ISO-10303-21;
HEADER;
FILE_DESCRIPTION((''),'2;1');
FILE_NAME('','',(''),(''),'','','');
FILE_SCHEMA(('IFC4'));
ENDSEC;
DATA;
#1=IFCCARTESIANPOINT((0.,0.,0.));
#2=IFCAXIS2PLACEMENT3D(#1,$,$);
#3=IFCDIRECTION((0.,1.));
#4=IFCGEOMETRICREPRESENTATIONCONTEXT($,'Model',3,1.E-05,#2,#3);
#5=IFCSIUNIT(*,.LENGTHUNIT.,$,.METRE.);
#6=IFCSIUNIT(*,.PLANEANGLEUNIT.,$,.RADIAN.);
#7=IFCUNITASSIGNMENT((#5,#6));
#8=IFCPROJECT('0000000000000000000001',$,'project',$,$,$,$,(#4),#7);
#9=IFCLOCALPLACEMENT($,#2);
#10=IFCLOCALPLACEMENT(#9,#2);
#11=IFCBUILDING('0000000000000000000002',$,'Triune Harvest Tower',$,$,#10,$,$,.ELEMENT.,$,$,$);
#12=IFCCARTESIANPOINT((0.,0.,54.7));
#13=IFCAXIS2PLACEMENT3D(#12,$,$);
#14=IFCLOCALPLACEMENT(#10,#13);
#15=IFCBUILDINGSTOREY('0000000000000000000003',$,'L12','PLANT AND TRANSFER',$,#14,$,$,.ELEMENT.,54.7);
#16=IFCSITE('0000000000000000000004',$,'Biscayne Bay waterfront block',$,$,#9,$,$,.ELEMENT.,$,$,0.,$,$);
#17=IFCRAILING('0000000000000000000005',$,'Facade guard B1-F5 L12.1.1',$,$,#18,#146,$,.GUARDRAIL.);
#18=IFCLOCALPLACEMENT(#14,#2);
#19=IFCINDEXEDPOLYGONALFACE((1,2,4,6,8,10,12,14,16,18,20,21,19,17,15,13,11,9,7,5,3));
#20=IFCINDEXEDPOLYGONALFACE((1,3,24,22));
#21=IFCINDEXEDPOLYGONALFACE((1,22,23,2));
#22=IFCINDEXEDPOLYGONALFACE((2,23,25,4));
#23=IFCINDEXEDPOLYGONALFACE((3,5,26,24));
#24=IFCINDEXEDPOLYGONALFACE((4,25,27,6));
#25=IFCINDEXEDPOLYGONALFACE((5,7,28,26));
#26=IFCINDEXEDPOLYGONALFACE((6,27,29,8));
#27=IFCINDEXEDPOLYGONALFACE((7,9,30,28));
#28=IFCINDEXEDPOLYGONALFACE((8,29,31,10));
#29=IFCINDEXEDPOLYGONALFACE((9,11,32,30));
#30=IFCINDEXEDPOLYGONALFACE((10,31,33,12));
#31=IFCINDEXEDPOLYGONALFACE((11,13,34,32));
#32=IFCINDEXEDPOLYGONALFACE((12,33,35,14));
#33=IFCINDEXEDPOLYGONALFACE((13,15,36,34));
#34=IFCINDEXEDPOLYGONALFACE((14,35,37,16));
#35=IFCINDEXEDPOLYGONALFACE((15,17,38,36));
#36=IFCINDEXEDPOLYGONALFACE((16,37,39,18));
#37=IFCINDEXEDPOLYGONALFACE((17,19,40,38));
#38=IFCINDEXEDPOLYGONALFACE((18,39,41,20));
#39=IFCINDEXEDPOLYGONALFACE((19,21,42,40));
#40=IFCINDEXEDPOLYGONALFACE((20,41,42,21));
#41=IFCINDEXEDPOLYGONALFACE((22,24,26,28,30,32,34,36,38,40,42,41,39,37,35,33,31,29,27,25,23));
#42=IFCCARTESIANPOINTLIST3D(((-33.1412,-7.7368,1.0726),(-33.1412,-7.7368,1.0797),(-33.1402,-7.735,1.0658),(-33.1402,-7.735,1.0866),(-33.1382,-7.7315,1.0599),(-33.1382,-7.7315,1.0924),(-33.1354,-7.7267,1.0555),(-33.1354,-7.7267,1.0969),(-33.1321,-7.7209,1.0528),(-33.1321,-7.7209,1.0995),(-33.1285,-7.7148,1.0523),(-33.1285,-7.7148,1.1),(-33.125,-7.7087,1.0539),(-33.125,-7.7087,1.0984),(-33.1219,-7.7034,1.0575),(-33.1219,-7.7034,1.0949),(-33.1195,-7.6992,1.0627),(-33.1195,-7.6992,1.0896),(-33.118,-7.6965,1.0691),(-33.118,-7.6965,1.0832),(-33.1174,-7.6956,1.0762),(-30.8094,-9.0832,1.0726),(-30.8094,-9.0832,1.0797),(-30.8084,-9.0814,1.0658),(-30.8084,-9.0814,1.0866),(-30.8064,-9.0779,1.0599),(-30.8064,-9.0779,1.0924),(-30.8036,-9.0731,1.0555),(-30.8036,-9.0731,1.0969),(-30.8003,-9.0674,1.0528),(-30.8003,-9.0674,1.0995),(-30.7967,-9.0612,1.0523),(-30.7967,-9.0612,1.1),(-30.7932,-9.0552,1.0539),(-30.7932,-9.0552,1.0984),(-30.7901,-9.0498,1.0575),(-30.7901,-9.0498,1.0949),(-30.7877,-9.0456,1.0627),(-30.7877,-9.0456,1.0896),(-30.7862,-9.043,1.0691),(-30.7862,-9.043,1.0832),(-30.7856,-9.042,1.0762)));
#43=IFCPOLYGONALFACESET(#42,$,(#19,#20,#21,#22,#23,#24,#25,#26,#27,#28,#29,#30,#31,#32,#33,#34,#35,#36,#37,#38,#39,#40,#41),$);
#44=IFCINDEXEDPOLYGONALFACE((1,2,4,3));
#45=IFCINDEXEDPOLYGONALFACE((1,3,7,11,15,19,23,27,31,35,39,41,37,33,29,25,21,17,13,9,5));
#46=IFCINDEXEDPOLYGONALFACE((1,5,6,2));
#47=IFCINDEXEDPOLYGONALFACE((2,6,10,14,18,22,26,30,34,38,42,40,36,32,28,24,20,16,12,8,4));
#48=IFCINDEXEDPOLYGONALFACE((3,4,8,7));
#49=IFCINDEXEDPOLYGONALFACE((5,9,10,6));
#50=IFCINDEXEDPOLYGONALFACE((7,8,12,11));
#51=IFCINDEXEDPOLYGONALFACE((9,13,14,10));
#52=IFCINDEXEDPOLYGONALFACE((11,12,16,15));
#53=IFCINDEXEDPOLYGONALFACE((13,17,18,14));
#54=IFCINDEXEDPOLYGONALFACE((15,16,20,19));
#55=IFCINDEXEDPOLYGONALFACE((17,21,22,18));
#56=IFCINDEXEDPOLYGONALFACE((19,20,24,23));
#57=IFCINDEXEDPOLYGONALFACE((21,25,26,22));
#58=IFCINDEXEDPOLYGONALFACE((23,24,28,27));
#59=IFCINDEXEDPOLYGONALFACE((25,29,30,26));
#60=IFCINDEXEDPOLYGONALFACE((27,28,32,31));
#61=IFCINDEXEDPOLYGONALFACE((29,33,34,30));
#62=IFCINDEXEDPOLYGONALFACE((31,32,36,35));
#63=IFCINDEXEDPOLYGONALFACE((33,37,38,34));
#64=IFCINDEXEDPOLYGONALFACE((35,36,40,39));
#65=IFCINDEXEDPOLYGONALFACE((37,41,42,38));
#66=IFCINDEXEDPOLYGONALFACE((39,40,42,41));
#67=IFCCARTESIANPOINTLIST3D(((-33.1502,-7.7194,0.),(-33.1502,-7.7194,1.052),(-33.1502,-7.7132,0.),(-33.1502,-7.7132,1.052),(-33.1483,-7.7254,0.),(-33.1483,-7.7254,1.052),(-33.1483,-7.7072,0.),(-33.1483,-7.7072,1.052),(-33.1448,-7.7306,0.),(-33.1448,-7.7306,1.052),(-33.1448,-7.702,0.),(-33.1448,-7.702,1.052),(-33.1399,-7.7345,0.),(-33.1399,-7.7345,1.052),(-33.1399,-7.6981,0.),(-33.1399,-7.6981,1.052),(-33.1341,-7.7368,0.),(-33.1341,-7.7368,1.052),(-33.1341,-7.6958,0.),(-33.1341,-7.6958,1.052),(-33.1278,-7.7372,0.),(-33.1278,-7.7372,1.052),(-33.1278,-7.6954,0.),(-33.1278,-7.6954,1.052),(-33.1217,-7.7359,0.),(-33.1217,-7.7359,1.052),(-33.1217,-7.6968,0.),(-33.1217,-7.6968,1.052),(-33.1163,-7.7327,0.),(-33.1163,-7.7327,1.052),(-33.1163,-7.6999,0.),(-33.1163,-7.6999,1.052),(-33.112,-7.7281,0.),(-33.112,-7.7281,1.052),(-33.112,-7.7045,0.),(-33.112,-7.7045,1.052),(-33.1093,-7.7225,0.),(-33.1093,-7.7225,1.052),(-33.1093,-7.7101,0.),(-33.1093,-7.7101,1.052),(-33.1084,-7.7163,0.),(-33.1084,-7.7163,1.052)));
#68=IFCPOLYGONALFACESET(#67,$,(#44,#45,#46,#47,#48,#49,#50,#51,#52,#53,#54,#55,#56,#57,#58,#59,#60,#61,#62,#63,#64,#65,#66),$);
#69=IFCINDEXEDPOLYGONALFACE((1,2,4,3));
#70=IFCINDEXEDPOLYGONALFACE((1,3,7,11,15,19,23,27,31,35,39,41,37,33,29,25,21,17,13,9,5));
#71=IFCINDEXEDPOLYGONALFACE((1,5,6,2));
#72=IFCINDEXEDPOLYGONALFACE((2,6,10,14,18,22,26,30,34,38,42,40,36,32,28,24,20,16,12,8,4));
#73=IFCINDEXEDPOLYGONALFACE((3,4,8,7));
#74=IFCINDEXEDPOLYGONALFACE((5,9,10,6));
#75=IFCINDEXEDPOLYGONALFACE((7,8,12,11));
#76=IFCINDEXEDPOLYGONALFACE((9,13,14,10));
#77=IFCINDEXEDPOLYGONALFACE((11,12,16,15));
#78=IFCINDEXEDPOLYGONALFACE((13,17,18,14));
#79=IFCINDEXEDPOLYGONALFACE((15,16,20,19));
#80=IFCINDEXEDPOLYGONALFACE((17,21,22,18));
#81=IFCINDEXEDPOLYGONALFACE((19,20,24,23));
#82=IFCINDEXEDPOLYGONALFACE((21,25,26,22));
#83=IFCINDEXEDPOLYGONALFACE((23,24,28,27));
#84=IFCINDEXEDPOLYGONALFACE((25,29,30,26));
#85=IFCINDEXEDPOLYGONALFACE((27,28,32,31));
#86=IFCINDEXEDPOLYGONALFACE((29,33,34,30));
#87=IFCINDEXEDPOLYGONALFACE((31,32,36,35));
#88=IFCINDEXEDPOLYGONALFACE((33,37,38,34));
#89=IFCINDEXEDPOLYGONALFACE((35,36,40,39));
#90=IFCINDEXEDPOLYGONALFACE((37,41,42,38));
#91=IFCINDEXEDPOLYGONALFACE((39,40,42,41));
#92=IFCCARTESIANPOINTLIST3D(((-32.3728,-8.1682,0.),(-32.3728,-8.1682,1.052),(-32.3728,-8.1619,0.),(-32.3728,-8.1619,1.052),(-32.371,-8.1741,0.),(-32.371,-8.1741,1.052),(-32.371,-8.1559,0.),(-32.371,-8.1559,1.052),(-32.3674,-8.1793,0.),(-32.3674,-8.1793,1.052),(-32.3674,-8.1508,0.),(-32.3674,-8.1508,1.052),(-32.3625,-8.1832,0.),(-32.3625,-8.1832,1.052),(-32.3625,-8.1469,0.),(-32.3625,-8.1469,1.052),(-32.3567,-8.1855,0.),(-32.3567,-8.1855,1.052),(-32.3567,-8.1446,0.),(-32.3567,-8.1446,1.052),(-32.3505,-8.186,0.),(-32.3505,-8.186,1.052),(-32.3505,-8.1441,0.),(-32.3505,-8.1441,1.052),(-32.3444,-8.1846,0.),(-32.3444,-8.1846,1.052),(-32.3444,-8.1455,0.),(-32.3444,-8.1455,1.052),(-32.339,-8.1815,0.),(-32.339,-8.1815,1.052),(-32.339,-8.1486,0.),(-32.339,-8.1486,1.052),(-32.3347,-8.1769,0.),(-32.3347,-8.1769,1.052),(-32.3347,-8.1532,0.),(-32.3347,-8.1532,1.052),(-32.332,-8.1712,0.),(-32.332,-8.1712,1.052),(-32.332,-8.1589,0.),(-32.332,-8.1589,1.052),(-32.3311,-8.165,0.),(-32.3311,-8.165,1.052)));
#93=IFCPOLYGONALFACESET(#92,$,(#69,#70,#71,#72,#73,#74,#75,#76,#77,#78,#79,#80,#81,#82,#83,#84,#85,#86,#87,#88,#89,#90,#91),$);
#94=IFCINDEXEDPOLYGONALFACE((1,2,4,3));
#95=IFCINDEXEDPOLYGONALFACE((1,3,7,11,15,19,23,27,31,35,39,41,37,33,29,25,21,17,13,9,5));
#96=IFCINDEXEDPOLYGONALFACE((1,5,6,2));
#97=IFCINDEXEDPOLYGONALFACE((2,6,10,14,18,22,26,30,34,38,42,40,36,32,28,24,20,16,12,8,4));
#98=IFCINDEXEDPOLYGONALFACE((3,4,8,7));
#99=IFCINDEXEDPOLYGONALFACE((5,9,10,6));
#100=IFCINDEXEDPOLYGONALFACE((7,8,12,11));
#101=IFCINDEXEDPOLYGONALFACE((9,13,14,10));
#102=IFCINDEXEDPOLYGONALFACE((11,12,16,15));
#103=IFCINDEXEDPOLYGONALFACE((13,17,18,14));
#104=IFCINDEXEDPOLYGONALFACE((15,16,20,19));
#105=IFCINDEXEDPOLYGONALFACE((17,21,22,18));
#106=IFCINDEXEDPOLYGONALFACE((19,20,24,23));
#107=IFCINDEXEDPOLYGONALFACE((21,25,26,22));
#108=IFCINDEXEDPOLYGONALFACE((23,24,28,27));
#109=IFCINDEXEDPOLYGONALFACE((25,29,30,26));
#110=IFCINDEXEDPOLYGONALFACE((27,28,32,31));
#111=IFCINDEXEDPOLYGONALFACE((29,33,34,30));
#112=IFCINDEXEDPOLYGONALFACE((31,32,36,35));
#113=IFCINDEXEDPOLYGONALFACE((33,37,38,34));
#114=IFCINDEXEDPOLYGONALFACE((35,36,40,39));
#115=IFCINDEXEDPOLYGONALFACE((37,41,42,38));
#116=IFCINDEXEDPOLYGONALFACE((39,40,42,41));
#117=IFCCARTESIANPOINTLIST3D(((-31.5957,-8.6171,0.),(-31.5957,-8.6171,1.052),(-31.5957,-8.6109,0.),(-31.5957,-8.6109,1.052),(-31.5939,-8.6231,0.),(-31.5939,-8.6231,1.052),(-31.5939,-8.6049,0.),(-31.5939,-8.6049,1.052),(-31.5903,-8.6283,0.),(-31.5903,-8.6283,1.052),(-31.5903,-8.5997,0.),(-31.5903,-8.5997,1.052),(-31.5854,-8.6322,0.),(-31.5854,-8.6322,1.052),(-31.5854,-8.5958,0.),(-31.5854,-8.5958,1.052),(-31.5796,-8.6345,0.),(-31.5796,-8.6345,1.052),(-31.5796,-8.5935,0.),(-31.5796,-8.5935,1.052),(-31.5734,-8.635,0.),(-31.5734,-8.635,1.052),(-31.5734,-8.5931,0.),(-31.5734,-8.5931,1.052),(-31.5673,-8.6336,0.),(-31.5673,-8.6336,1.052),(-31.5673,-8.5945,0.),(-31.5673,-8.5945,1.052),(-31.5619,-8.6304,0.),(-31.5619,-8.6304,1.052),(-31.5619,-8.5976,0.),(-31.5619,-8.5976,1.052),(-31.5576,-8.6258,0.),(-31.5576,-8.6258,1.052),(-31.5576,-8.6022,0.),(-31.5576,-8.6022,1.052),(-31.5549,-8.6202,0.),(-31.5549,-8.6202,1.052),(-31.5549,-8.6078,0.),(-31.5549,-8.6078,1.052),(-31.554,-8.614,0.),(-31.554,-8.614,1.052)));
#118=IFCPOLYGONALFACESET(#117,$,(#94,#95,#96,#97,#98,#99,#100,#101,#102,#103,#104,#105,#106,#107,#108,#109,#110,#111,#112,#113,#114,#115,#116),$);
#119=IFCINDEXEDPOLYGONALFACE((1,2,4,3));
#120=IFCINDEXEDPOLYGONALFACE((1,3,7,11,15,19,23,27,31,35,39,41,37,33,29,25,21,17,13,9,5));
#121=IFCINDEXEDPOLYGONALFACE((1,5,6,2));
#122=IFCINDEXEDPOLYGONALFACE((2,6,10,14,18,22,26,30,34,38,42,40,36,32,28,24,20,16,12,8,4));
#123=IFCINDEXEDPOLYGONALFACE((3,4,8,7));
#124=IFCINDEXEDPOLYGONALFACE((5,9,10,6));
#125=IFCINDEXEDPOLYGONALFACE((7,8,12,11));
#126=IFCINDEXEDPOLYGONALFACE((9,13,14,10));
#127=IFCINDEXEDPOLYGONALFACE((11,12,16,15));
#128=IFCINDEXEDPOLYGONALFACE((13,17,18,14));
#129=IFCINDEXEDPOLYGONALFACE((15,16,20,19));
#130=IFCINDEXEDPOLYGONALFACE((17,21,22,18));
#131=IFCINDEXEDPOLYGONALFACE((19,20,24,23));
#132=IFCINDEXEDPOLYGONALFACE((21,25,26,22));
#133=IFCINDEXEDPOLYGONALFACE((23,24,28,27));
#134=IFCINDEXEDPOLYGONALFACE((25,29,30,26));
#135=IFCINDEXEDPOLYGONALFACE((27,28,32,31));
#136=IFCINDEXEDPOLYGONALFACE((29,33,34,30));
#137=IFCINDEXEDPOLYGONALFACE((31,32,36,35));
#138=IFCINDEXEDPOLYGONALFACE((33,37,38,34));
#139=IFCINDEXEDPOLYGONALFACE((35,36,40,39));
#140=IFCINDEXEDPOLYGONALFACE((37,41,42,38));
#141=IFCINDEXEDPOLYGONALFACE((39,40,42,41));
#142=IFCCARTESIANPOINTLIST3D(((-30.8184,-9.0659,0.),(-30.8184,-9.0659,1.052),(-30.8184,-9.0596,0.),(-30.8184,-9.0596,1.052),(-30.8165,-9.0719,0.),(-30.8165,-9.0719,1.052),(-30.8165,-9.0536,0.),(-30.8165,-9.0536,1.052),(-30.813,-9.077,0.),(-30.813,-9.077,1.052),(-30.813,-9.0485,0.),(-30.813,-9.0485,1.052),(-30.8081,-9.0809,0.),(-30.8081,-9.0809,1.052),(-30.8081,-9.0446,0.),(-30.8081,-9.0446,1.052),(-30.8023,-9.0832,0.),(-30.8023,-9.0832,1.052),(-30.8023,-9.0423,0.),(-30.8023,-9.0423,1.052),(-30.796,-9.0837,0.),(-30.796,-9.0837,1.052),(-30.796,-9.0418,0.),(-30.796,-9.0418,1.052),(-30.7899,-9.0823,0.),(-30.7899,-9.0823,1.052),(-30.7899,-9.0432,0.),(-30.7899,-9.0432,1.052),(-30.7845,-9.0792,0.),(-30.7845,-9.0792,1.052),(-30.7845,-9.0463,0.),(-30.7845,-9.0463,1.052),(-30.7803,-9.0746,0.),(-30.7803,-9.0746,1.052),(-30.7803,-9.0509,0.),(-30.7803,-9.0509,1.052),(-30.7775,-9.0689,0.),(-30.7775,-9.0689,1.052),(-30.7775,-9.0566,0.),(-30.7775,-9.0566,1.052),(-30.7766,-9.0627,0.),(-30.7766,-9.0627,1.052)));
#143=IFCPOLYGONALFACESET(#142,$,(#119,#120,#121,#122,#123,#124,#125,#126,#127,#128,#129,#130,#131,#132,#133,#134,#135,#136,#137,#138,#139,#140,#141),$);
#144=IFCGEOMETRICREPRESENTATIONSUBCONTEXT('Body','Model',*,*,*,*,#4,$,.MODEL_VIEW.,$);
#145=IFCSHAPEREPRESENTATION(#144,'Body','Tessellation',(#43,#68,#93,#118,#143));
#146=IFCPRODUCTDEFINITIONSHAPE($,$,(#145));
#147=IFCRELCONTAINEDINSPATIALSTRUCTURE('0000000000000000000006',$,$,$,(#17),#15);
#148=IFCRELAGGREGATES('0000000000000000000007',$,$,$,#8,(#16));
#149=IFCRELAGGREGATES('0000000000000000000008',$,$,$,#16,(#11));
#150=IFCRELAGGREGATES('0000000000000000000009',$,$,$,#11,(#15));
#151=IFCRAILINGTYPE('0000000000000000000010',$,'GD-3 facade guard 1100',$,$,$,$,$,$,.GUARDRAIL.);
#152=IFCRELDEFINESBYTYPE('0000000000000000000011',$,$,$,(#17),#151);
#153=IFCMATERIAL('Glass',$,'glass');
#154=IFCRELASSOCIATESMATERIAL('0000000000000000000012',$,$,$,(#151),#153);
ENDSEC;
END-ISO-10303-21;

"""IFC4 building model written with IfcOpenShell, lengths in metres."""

from ifc_helpers import new_model, si_unit, direction, frame, origin, origin_2d, place, context, subcontext, project, spatial, circle, extrude, material, type_object, element, save


model = new_model("IFC4")

# Units and contexts
model_context = context("Model", 3, precision=1e-05, world=origin(), true_north=direction((0.0, 1.0)))
body_context = subcontext(model_context, "Body", "Model", "MODEL_VIEW")
ifc_project = project(units=[si_unit("LENGTHUNIT", "METRE"), si_unit("PLANEANGLEUNIT", "RADIAN")], contexts=[model_context])

# Site, building, storey
site_placement = place(None, origin())
site = spatial("IfcSite", under=ifc_project, at=site_placement, Name="Biscayne Bay waterfront block", CompositionType="ELEMENT", RefElevation=0.0)
building_placement = place(site_placement, origin())
building = spatial("IfcBuilding", under=site, at=building_placement, Name="Triune Harvest Tower", CompositionType="ELEMENT")
storey_placement = place(building_placement, frame((0.0, 0.0, 54.7)))
storey = spatial("IfcBuildingStorey", under=building, at=storey_placement, Name="L12", Description="PLANT AND TRANSFER", CompositionType="ELEMENT", Elevation=54.7)

# Railing
ifc_material_1 = material(Name="Glass", Category="glass")
railing_type = type_object("IfcRailingType", Name="GD-3 facade guard 1100", PredefinedType="GUARDRAIL", material=ifc_material_1)
railing_placement = place(storey_placement, frame((-33.1294, -7.7163, 0.0)))
element("IfcRailing", 1, at=railing_placement, inside=storey, type_object=railing_type, Name="Facade guard B1-F5 L12.1.1", PredefinedType="GUARDRAIL", context=body_context, shape_type="SweptSolid", body=[
    extrude(circle(Radius=0.0239, at=origin_2d()), frame((0.0, 0.0, 1.0762), z_axis=(0.865997, -0.500049, 0.0), x_axis=(0.500049, 0.865997, 0.0)), (0.0, 0.0, 1.0), 2.6926),
    extrude(circle(Radius=0.021, at=origin_2d()), origin(), (0.0, 0.0, 1.0), 1.052),
    extrude(circle(Radius=0.021, at=origin_2d()), frame((0.7773, -0.4487, 0.0)), (0.0, 0.0, 1.0), 1.052),
    extrude(circle(Radius=0.021, at=origin_2d()), frame((1.5544, -0.8977, 0.0)), (0.0, 0.0, 1.0), 1.052),
    extrude(circle(Radius=0.021, at=origin_2d()), frame((2.3318, -1.3464, 0.0)), (0.0, 0.0, 1.0), 1.052),
])

save(model, "model.ifc")
